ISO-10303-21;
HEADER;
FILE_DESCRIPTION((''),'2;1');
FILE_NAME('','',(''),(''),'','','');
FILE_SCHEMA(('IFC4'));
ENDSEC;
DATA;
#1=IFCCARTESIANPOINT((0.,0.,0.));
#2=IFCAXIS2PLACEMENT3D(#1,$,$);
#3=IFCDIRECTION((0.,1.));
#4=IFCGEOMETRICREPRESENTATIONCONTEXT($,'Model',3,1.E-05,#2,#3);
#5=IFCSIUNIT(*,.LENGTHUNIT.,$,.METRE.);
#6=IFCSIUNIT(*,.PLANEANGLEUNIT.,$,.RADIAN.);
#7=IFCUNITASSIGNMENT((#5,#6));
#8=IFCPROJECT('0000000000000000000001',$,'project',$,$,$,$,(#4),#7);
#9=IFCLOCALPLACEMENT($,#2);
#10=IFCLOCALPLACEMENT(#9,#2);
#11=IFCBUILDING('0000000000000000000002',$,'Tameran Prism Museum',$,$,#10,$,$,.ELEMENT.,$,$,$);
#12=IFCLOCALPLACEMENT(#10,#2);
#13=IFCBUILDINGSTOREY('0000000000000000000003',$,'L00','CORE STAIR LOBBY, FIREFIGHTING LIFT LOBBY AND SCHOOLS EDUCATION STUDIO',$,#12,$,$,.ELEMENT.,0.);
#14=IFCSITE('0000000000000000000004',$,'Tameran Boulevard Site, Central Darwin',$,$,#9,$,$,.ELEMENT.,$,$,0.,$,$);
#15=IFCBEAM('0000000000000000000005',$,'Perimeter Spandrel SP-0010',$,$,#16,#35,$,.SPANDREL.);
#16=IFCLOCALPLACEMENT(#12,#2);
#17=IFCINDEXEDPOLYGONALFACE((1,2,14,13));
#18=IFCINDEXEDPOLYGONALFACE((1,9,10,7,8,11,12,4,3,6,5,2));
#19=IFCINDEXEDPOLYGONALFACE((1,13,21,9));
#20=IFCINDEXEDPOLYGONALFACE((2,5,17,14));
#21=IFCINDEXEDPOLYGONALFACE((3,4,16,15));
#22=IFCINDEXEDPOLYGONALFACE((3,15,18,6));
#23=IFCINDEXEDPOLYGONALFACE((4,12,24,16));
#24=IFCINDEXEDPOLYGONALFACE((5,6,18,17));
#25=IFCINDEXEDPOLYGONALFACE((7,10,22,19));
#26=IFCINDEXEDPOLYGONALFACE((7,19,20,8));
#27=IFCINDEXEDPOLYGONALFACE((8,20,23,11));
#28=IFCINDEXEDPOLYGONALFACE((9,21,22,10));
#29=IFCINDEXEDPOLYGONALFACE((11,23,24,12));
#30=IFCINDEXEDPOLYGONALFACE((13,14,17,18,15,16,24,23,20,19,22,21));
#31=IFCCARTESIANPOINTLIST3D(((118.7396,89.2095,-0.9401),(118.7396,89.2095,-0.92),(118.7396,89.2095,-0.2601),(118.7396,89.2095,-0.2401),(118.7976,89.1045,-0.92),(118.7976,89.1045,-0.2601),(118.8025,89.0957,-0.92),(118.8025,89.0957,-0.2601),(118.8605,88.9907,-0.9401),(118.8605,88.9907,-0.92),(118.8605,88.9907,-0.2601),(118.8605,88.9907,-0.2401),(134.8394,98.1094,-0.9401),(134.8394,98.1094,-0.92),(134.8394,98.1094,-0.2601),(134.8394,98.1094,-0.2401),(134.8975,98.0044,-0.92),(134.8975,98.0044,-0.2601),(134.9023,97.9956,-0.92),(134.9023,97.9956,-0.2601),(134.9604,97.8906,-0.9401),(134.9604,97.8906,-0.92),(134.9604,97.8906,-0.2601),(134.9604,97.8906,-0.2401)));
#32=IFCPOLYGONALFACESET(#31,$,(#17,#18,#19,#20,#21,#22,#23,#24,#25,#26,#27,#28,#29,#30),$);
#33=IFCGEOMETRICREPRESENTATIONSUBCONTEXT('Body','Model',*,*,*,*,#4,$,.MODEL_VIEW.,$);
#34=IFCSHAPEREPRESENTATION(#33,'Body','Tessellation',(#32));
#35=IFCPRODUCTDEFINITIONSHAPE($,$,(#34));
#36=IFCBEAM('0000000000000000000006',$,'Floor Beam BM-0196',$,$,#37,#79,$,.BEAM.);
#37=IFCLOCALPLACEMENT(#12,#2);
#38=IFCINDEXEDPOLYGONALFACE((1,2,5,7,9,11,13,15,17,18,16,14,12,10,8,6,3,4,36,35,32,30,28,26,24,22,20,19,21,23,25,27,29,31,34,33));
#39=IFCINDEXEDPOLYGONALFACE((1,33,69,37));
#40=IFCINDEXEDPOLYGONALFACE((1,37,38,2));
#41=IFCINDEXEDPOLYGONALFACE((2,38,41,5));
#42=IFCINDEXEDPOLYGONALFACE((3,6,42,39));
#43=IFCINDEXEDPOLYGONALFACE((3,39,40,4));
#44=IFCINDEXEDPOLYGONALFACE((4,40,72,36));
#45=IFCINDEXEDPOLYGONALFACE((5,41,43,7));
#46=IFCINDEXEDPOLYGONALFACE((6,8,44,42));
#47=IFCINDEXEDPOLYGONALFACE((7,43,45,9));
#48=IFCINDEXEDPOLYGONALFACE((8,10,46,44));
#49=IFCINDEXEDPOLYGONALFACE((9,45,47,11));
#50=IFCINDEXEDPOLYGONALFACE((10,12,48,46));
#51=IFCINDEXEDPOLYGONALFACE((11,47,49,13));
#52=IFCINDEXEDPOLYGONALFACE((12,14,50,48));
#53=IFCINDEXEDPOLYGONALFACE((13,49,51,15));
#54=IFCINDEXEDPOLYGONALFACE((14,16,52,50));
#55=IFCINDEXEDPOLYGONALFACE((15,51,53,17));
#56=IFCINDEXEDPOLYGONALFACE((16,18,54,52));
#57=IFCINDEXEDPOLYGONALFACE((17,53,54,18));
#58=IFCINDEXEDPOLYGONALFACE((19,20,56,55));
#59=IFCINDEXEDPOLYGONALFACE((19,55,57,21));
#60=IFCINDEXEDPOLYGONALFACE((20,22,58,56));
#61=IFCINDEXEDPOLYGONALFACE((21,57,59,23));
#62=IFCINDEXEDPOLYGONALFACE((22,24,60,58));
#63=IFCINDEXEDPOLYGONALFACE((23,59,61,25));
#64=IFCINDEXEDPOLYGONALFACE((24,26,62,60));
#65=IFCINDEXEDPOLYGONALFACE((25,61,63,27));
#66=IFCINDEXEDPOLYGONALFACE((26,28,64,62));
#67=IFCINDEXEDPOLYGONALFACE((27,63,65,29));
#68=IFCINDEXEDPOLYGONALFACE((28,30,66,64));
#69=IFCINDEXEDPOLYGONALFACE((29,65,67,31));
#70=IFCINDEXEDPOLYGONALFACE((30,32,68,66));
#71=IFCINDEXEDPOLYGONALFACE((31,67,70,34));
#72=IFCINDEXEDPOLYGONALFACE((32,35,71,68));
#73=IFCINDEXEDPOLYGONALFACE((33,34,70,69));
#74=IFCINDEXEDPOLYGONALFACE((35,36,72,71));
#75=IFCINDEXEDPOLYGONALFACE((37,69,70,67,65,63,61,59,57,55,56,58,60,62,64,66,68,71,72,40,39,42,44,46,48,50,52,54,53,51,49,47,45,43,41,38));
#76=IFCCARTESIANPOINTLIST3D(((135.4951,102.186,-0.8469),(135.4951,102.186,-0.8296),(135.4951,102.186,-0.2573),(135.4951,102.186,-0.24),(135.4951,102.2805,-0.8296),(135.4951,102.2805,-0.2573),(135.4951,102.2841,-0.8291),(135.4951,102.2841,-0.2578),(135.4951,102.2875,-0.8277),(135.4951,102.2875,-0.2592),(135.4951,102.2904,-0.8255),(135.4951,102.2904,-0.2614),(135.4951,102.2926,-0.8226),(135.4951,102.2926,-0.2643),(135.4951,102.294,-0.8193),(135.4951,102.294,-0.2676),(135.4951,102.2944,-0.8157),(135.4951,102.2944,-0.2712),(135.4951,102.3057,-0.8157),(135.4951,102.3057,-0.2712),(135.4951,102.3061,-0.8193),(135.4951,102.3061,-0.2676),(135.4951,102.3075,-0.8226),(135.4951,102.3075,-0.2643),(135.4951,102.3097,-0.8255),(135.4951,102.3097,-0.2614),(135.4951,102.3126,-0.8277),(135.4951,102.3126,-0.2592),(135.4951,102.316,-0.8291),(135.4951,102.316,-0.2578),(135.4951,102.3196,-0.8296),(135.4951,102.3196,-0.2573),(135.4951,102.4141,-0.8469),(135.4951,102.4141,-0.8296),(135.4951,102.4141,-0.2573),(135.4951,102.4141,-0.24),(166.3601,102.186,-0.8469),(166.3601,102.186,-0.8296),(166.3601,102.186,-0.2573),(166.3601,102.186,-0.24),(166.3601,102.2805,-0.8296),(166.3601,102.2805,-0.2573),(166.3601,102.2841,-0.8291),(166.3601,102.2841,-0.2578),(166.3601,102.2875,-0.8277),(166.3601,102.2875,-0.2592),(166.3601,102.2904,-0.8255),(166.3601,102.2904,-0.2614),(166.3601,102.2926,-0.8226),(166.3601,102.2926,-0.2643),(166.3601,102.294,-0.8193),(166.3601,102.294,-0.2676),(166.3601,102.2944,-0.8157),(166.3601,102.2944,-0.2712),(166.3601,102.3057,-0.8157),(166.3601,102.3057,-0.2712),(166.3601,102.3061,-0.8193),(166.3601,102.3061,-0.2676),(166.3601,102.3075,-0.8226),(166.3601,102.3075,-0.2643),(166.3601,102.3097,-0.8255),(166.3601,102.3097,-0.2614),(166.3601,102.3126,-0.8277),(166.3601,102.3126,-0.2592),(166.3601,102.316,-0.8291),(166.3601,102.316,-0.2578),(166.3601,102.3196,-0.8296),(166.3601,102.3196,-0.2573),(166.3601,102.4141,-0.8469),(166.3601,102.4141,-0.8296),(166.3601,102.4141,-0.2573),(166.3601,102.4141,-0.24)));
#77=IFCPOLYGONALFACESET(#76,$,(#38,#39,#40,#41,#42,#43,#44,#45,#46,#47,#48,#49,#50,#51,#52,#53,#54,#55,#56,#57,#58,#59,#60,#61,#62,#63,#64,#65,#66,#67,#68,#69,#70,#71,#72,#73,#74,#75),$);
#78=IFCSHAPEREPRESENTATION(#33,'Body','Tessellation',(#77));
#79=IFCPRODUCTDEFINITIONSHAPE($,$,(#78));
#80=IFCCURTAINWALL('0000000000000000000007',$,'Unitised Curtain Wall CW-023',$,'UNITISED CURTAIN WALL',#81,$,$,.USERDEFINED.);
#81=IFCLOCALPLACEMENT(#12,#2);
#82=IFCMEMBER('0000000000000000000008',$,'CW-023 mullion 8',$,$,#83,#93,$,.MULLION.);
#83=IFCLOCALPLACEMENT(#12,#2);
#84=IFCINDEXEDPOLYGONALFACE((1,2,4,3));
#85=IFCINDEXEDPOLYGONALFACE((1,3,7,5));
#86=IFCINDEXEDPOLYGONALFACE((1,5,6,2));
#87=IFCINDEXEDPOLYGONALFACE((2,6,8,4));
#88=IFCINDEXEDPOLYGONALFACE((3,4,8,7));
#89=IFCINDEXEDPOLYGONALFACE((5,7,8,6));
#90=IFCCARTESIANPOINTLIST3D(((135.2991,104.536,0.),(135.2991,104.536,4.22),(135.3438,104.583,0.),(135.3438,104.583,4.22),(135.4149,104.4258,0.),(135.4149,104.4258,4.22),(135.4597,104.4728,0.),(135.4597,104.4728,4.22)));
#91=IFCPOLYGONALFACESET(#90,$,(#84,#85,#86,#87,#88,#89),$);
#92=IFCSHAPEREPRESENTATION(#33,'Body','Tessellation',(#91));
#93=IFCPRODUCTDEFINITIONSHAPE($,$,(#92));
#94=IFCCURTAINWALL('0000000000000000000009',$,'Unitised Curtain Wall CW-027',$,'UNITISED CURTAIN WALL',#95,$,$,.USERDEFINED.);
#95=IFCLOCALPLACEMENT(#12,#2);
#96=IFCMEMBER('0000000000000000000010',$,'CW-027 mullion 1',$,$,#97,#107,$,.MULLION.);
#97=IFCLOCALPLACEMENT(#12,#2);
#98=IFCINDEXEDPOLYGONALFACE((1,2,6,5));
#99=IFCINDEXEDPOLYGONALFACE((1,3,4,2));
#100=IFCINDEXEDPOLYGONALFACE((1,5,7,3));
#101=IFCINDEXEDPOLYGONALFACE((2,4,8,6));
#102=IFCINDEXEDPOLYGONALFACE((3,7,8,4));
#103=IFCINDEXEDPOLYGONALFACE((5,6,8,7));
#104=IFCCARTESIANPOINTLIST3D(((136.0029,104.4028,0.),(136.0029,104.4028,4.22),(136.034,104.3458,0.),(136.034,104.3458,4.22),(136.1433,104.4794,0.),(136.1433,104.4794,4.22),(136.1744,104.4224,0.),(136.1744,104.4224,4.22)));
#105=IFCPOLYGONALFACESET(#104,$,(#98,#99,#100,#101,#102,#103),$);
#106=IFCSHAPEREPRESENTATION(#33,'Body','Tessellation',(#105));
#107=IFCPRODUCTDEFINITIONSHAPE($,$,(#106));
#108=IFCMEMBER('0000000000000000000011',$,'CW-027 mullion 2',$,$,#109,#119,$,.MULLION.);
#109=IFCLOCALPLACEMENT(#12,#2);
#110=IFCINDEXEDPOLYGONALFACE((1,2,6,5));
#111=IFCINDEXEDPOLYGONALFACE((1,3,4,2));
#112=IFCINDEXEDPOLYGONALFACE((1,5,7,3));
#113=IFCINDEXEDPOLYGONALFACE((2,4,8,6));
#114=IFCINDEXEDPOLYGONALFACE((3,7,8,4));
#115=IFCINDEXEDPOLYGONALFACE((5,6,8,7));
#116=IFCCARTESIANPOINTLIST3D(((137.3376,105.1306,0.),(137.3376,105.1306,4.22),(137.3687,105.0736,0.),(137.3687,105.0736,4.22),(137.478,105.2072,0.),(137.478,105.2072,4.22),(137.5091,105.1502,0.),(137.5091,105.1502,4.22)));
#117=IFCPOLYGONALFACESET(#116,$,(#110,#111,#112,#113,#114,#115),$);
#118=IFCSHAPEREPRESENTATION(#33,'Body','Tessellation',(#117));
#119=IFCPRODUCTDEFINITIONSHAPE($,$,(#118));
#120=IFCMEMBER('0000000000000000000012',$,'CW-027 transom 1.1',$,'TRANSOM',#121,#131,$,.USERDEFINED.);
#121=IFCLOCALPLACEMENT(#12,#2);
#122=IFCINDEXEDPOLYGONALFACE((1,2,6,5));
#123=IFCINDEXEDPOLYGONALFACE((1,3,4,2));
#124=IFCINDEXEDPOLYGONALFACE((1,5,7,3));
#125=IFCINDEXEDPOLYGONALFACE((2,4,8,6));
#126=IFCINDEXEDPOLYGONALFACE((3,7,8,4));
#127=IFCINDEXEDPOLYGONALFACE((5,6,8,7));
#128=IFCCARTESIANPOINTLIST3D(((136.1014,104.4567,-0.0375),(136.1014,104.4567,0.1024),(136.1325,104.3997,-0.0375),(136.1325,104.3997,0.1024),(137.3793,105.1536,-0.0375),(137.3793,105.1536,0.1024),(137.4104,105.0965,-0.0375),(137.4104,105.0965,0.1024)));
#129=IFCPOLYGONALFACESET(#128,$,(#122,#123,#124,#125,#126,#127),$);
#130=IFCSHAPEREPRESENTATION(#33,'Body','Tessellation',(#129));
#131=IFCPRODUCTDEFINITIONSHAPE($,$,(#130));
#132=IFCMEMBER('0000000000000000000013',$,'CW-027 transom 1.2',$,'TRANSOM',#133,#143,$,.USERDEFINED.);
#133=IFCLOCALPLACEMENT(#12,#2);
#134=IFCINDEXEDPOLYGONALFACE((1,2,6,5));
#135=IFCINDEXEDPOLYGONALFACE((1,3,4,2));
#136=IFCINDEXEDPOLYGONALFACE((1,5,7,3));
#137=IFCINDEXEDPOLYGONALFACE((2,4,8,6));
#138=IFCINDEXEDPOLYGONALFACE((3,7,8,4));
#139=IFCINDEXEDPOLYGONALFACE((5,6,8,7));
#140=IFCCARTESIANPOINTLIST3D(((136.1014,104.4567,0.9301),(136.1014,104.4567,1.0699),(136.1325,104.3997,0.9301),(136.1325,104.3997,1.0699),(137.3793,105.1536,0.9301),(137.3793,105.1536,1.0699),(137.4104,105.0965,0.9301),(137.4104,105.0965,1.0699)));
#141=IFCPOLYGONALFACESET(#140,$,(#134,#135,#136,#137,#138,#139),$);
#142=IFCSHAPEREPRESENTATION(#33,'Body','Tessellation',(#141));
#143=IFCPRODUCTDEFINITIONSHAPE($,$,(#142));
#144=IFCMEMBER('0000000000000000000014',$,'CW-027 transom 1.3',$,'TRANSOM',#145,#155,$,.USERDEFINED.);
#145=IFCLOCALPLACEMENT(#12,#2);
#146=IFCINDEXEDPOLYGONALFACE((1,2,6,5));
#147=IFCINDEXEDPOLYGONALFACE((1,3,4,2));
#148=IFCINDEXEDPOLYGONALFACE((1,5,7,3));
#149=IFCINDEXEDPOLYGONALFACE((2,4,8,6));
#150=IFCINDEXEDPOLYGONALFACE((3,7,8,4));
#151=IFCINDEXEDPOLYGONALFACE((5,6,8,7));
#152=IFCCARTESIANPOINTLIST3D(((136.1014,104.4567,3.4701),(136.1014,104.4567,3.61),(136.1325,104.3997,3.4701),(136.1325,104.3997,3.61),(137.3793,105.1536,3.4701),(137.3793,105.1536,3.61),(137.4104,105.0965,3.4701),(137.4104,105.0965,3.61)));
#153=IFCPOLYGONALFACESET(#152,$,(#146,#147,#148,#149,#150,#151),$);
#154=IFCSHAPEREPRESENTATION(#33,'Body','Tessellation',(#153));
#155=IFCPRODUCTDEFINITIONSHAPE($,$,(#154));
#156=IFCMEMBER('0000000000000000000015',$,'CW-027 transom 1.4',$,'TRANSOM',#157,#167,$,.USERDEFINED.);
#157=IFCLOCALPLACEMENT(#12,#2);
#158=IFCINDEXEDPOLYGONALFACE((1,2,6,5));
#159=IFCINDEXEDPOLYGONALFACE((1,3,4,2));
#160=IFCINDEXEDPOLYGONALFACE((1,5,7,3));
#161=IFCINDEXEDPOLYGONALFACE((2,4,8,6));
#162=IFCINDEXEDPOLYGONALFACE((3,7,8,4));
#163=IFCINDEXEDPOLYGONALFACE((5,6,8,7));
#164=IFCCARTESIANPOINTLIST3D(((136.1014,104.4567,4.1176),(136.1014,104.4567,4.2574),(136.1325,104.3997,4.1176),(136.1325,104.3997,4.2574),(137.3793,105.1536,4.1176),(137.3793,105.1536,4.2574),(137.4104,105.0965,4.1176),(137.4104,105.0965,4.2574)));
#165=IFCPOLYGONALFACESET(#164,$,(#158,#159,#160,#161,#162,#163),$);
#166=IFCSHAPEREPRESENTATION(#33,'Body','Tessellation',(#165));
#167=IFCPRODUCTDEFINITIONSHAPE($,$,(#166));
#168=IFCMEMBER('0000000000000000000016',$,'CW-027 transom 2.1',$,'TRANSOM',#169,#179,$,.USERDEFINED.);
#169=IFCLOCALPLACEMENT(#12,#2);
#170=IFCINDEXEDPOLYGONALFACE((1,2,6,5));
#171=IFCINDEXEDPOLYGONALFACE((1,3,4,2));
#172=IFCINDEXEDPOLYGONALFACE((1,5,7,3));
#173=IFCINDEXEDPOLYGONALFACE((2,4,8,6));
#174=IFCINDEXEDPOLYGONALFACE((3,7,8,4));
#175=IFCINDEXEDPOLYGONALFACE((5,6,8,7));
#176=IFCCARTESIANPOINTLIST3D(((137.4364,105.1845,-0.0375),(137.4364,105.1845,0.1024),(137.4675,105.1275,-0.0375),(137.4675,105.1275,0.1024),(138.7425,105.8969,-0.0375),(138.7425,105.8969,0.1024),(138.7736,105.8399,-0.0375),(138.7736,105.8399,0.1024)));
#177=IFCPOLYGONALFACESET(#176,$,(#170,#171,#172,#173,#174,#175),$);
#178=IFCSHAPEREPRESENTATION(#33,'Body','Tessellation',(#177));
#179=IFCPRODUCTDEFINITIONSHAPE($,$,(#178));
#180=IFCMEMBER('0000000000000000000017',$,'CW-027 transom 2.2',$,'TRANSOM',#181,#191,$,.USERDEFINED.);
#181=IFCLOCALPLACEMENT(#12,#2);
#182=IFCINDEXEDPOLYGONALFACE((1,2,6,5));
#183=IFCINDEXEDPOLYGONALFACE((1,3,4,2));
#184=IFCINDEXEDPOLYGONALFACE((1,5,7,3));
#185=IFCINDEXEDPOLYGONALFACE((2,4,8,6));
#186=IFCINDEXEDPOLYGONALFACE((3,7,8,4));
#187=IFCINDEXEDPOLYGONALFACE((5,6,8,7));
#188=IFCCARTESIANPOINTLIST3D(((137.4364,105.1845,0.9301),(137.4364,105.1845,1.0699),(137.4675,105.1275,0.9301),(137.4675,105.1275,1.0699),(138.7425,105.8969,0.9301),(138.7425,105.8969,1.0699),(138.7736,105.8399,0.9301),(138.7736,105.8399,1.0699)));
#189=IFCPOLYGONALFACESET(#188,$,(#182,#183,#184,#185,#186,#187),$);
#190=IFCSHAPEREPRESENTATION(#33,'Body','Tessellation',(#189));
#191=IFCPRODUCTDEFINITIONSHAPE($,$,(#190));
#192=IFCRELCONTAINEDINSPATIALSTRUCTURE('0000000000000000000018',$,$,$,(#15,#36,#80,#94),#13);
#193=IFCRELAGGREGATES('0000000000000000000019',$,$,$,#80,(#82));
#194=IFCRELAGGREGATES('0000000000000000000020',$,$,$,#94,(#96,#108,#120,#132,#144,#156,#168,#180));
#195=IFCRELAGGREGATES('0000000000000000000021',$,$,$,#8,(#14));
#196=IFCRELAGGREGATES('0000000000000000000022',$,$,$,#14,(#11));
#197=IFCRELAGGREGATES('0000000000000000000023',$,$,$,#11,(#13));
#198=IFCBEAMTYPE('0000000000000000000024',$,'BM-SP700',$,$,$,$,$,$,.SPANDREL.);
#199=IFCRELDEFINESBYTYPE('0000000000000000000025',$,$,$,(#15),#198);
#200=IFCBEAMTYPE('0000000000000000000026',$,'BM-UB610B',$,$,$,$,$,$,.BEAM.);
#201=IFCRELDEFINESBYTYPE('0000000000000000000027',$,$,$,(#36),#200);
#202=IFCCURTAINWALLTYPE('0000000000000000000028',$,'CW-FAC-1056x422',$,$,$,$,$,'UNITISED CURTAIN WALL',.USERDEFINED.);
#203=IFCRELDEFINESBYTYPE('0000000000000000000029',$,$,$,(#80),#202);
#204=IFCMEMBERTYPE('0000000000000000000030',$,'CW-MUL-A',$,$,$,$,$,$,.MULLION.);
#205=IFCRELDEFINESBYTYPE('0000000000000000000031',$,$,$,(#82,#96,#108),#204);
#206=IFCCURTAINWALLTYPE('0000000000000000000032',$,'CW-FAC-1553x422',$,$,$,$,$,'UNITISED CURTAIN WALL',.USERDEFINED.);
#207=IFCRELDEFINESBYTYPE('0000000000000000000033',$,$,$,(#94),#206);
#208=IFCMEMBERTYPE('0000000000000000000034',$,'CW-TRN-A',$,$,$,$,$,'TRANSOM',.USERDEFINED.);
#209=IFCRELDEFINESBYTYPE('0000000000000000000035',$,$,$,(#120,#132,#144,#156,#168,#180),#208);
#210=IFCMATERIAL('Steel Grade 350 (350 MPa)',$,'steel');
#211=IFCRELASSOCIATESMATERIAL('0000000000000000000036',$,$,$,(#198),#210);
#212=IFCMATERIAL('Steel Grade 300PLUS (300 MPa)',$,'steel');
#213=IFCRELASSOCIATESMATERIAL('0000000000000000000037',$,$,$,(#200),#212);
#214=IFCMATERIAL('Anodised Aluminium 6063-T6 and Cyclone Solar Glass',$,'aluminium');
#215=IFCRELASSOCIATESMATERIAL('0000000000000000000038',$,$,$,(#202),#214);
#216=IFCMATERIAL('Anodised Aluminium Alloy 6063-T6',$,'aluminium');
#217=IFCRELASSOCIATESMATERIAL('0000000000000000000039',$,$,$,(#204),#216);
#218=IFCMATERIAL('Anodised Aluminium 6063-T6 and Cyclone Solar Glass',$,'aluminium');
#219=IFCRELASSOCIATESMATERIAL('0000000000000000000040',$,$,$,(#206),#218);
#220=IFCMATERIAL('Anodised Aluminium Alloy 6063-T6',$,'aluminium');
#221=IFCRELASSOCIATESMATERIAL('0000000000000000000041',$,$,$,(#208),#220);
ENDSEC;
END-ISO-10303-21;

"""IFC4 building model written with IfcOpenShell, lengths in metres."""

from ifc_helpers import new_model, si_unit, direction, frame, origin, origin_2d, place, context, subcontext, project, spatial, rectangle, i_section, extrude, material, material_profile, profile_set, type_object, element, aggregate, save


model = new_model("IFC4")

# Units and contexts
model_context = context("Model", 3, precision=1e-05, world=origin(), true_north=direction((0.0, 1.0)))
body_context = subcontext(model_context, "Body", "Model", "MODEL_VIEW")
ifc_project = project(units=[si_unit("LENGTHUNIT", "METRE"), si_unit("PLANEANGLEUNIT", "RADIAN")], contexts=[model_context])

# Site, building, storey
site_placement = place(None, origin())
site = spatial("IfcSite", under=ifc_project, at=site_placement, Name="Tameran Boulevard Site, Central Darwin", CompositionType="ELEMENT", RefElevation=0.0)
building_placement = place(site_placement, origin())
building = spatial("IfcBuilding", under=site, at=building_placement, Name="Tameran Prism Museum", CompositionType="ELEMENT")
storey_placement = place(building_placement, origin())
storey = spatial("IfcBuildingStorey", under=building, at=storey_placement, Name="L00", Description="CORE STAIR LOBBY, FIREFIGHTING LIFT LOBBY AND SCHOOLS EDUCATION STUDIO", CompositionType="ELEMENT", Elevation=0.0)

# Beams
ifc_material_1 = material(Name="Steel Grade 350 (350 MPa)", Category="steel")
ifc_material_profile_1 = material_profile(ifc_material_1, i_section(OverallWidth=0.25, OverallDepth=0.7, WebThickness=0.01, FlangeThickness=0.02, at=origin_2d()))
ifc_profile_set_1 = profile_set([ifc_material_profile_1])
beam_type_1 = type_object("IfcBeamType", Name="BM-SP700", PredefinedType="SPANDREL", material=ifc_profile_set_1)
beam_1_placement = place(storey_placement, frame((134.8999, 98.0, -0.5901), z_axis=(-0.875181, -0.483795, 0.0), x_axis=(0.483795, -0.875181, 0.0)))
element("IfcBeam", 1, at=beam_1_placement, inside=storey, type_object=beam_type_1, Name="Perimeter Spandrel SP-0010", PredefinedType="SPANDREL", context=body_context, shape_type="SweptSolid", body=[
    extrude(i_section(OverallWidth=0.25, OverallDepth=0.7, WebThickness=0.01, FlangeThickness=0.02, at=origin_2d()), origin(), (0.0, 0.0, 1.0), 18.396),
])
ifc_material_2 = material(Name="Steel Grade 300PLUS (300 MPa)", Category="steel")
ifc_material_profile_2 = material_profile(ifc_material_2, i_section(OverallWidth=0.228, OverallDepth=0.6069, WebThickness=0.0112, FlangeThickness=0.0173, FilletRadius=0.0139, at=origin_2d()))
ifc_profile_set_2 = profile_set([ifc_material_profile_2])
beam_type_2 = type_object("IfcBeamType", Name="BM-UB610B", PredefinedType="BEAM", material=ifc_profile_set_2)
beam_2_placement = place(storey_placement, frame((135.4951, 102.3, -0.5435), z_axis=(1.0, 0.0, 0.0), x_axis=(0.0, 1.0, 0.0)))
element("IfcBeam", 2, at=beam_2_placement, inside=storey, type_object=beam_type_2, Name="Floor Beam BM-0196", PredefinedType="BEAM", context=body_context, shape_type="SweptSolid", body=[
    extrude(i_section(OverallWidth=0.228, OverallDepth=0.6069, WebThickness=0.0112, FlangeThickness=0.0173, FilletRadius=0.0139, at=origin_2d()), origin(), (0.0, 0.0, 1.0), 30.865),
])

# Curtain wall, member
ifc_material_3 = material(Name="Anodised Aluminium 6063-T6 and Cyclone Solar Glass", Category="aluminium")
curtain_wall_type_1 = type_object("IfcCurtainWallType", Name="CW-FAC-1056x422", ElementType="UNITISED CURTAIN WALL", PredefinedType="USERDEFINED", material=ifc_material_3)
curtain_wall_1_placement = place(storey_placement, origin())
curtain_wall_1 = element("IfcCurtainWall", 3, at=curtain_wall_1_placement, inside=storey, type_object=curtain_wall_type_1, Name="Unitised Curtain Wall CW-023", ObjectType="UNITISED CURTAIN WALL", PredefinedType="USERDEFINED")
ifc_material_4 = material(Name="Anodised Aluminium Alloy 6063-T6", Category="aluminium")
ifc_material_profile_3 = material_profile(ifc_material_4, rectangle(XDim=0.0649, YDim=0.1599, at=origin_2d()))
ifc_profile_set_3 = profile_set([ifc_material_profile_3])
member_type_1 = type_object("IfcMemberType", Name="CW-MUL-A", PredefinedType="MULLION", material=ifc_profile_set_3)
member_1_placement = place(storey_placement, frame((135.3794, 104.5044, 0.0), z_axis=(0.0, 0.0, 1.0), x_axis=(0.68927, 0.724505, 0.0)))
member_1 = element("IfcMember", 4, at=member_1_placement, type_object=member_type_1, Name="CW-023 mullion 8", PredefinedType="MULLION", context=body_context, shape_type="SweptSolid", body=[
    extrude(rectangle(XDim=0.0649, YDim=0.1599, at=origin_2d()), origin(), (0.0, 0.0, 1.0), 4.22),
])

# Curtain wall, members
ifc_material_5 = material(Name="Anodised Aluminium 6063-T6 and Cyclone Solar Glass", Category="aluminium")
curtain_wall_type_2 = type_object("IfcCurtainWallType", Name="CW-FAC-1553x422", ElementType="UNITISED CURTAIN WALL", PredefinedType="USERDEFINED", material=ifc_material_5)
curtain_wall_2_placement = place(storey_placement, origin())
curtain_wall_2 = element("IfcCurtainWall", 5, at=curtain_wall_2_placement, inside=storey, type_object=curtain_wall_type_2, Name="Unitised Curtain Wall CW-027", ObjectType="UNITISED CURTAIN WALL", PredefinedType="USERDEFINED")
member_2_placement = place(storey_placement, frame((136.0886, 104.4126, 0.0), z_axis=(0.0, 0.0, 1.0), x_axis=(-0.478793, 0.877928, 0.0)))
member_2 = element("IfcMember", 6, at=member_2_placement, type_object=member_type_1, Name="CW-027 mullion 1", PredefinedType="MULLION", context=body_context, shape_type="SweptSolid", body=[
    extrude(rectangle(XDim=0.0649, YDim=0.1599, at=origin_2d()), origin(), (0.0, 0.0, 1.0), 4.22),
])
member_3_placement = place(storey_placement, frame((137.4233, 105.1404, 0.0), z_axis=(0.0, 0.0, 1.0), x_axis=(-0.478793, 0.877928, 0.0)))
member_3 = element("IfcMember", 7, at=member_3_placement, type_object=member_type_1, Name="CW-027 mullion 2", PredefinedType="MULLION", context=body_context, shape_type="SweptSolid", body=[
    extrude(rectangle(XDim=0.0649, YDim=0.1599, at=origin_2d()), origin(), (0.0, 0.0, 1.0), 4.22),
])
ifc_material_6 = material(Name="Anodised Aluminium Alloy 6063-T6", Category="aluminium")
ifc_material_profile_4 = material_profile(ifc_material_6, rectangle(XDim=0.0649, YDim=0.1399, at=origin_2d()))
ifc_profile_set_4 = profile_set([ifc_material_profile_4])
member_type_2 = type_object("IfcMemberType", Name="CW-TRN-A", ElementType="TRANSOM", PredefinedType="USERDEFINED", material=ifc_profile_set_4)
member_4_placement = place(storey_placement, frame((136.1169, 104.4282, 0.0325), z_axis=(0.87796, 0.478735, 0.0), x_axis=(-0.478735, 0.87796, 0.0)))
member_4 = element("IfcMember", 8, at=member_4_placement, type_object=member_type_2, Name="CW-027 transom 1.1", ObjectType="TRANSOM", PredefinedType="USERDEFINED", context=body_context, shape_type="SweptSolid", body=[
    extrude(rectangle(XDim=0.0649, YDim=0.1399, at=origin_2d()), origin(), (0.0, 0.0, 1.0), 1.4556),
])
member_5_placement = place(storey_placement, frame((136.1169, 104.4282, 1.0), z_axis=(0.87796, 0.478735, 0.0), x_axis=(-0.478735, 0.87796, 0.0)))
member_5 = element("IfcMember", 9, at=member_5_placement, type_object=member_type_2, Name="CW-027 transom 1.2", ObjectType="TRANSOM", PredefinedType="USERDEFINED", context=body_context, shape_type="SweptSolid", body=[
    extrude(rectangle(XDim=0.0649, YDim=0.1399, at=origin_2d()), origin(), (0.0, 0.0, 1.0), 1.4556),
])
member_6_placement = place(storey_placement, frame((136.1169, 104.4282, 3.54), z_axis=(0.87796, 0.478735, 0.0), x_axis=(-0.478735, 0.87796, 0.0)))
member_6 = element("IfcMember", 10, at=member_6_placement, type_object=member_type_2, Name="CW-027 transom 1.3", ObjectType="TRANSOM", PredefinedType="USERDEFINED", context=body_context, shape_type="SweptSolid", body=[
    extrude(rectangle(XDim=0.0649, YDim=0.1399, at=origin_2d()), origin(), (0.0, 0.0, 1.0), 1.4556),
])
member_7_placement = place(storey_placement, frame((136.1169, 104.4282, 4.1875), z_axis=(0.87796, 0.478735, 0.0), x_axis=(-0.478735, 0.87796, 0.0)))
member_7 = element("IfcMember", 11, at=member_7_placement, type_object=member_type_2, Name="CW-027 transom 1.4", ObjectType="TRANSOM", PredefinedType="USERDEFINED", context=body_context, shape_type="SweptSolid", body=[
    extrude(rectangle(XDim=0.0649, YDim=0.1399, at=origin_2d()), origin(), (0.0, 0.0, 1.0), 1.4556),
])
member_8_placement = place(storey_placement, frame((137.4519, 105.156, 0.0325), z_axis=(0.877908, 0.478829, 0.0), x_axis=(-0.478829, 0.877908, 0.0)))
member_8 = element("IfcMember", 12, at=member_8_placement, type_object=member_type_2, Name="CW-027 transom 2.1", ObjectType="TRANSOM", PredefinedType="USERDEFINED", context=body_context, shape_type="SweptSolid", body=[
    extrude(rectangle(XDim=0.0649, YDim=0.1399, at=origin_2d()), origin(), (0.0, 0.0, 1.0), 1.4878),
])
member_9_placement = place(storey_placement, frame((137.4519, 105.156, 1.0), z_axis=(0.877908, 0.478829, 0.0), x_axis=(-0.478829, 0.877908, 0.0)))
member_9 = element("IfcMember", 13, at=member_9_placement, type_object=member_type_2, Name="CW-027 transom 2.2", ObjectType="TRANSOM", PredefinedType="USERDEFINED", context=body_context, shape_type="SweptSolid", body=[
    extrude(rectangle(XDim=0.0649, YDim=0.1399, at=origin_2d()), origin(), (0.0, 0.0, 1.0), 1.4878),
])

aggregate(curtain_wall_1, [member_1])
aggregate(curtain_wall_2, [member_2, member_3, member_4, member_5, member_6, member_7, member_8, member_9])

save(model, "model.ifc")
